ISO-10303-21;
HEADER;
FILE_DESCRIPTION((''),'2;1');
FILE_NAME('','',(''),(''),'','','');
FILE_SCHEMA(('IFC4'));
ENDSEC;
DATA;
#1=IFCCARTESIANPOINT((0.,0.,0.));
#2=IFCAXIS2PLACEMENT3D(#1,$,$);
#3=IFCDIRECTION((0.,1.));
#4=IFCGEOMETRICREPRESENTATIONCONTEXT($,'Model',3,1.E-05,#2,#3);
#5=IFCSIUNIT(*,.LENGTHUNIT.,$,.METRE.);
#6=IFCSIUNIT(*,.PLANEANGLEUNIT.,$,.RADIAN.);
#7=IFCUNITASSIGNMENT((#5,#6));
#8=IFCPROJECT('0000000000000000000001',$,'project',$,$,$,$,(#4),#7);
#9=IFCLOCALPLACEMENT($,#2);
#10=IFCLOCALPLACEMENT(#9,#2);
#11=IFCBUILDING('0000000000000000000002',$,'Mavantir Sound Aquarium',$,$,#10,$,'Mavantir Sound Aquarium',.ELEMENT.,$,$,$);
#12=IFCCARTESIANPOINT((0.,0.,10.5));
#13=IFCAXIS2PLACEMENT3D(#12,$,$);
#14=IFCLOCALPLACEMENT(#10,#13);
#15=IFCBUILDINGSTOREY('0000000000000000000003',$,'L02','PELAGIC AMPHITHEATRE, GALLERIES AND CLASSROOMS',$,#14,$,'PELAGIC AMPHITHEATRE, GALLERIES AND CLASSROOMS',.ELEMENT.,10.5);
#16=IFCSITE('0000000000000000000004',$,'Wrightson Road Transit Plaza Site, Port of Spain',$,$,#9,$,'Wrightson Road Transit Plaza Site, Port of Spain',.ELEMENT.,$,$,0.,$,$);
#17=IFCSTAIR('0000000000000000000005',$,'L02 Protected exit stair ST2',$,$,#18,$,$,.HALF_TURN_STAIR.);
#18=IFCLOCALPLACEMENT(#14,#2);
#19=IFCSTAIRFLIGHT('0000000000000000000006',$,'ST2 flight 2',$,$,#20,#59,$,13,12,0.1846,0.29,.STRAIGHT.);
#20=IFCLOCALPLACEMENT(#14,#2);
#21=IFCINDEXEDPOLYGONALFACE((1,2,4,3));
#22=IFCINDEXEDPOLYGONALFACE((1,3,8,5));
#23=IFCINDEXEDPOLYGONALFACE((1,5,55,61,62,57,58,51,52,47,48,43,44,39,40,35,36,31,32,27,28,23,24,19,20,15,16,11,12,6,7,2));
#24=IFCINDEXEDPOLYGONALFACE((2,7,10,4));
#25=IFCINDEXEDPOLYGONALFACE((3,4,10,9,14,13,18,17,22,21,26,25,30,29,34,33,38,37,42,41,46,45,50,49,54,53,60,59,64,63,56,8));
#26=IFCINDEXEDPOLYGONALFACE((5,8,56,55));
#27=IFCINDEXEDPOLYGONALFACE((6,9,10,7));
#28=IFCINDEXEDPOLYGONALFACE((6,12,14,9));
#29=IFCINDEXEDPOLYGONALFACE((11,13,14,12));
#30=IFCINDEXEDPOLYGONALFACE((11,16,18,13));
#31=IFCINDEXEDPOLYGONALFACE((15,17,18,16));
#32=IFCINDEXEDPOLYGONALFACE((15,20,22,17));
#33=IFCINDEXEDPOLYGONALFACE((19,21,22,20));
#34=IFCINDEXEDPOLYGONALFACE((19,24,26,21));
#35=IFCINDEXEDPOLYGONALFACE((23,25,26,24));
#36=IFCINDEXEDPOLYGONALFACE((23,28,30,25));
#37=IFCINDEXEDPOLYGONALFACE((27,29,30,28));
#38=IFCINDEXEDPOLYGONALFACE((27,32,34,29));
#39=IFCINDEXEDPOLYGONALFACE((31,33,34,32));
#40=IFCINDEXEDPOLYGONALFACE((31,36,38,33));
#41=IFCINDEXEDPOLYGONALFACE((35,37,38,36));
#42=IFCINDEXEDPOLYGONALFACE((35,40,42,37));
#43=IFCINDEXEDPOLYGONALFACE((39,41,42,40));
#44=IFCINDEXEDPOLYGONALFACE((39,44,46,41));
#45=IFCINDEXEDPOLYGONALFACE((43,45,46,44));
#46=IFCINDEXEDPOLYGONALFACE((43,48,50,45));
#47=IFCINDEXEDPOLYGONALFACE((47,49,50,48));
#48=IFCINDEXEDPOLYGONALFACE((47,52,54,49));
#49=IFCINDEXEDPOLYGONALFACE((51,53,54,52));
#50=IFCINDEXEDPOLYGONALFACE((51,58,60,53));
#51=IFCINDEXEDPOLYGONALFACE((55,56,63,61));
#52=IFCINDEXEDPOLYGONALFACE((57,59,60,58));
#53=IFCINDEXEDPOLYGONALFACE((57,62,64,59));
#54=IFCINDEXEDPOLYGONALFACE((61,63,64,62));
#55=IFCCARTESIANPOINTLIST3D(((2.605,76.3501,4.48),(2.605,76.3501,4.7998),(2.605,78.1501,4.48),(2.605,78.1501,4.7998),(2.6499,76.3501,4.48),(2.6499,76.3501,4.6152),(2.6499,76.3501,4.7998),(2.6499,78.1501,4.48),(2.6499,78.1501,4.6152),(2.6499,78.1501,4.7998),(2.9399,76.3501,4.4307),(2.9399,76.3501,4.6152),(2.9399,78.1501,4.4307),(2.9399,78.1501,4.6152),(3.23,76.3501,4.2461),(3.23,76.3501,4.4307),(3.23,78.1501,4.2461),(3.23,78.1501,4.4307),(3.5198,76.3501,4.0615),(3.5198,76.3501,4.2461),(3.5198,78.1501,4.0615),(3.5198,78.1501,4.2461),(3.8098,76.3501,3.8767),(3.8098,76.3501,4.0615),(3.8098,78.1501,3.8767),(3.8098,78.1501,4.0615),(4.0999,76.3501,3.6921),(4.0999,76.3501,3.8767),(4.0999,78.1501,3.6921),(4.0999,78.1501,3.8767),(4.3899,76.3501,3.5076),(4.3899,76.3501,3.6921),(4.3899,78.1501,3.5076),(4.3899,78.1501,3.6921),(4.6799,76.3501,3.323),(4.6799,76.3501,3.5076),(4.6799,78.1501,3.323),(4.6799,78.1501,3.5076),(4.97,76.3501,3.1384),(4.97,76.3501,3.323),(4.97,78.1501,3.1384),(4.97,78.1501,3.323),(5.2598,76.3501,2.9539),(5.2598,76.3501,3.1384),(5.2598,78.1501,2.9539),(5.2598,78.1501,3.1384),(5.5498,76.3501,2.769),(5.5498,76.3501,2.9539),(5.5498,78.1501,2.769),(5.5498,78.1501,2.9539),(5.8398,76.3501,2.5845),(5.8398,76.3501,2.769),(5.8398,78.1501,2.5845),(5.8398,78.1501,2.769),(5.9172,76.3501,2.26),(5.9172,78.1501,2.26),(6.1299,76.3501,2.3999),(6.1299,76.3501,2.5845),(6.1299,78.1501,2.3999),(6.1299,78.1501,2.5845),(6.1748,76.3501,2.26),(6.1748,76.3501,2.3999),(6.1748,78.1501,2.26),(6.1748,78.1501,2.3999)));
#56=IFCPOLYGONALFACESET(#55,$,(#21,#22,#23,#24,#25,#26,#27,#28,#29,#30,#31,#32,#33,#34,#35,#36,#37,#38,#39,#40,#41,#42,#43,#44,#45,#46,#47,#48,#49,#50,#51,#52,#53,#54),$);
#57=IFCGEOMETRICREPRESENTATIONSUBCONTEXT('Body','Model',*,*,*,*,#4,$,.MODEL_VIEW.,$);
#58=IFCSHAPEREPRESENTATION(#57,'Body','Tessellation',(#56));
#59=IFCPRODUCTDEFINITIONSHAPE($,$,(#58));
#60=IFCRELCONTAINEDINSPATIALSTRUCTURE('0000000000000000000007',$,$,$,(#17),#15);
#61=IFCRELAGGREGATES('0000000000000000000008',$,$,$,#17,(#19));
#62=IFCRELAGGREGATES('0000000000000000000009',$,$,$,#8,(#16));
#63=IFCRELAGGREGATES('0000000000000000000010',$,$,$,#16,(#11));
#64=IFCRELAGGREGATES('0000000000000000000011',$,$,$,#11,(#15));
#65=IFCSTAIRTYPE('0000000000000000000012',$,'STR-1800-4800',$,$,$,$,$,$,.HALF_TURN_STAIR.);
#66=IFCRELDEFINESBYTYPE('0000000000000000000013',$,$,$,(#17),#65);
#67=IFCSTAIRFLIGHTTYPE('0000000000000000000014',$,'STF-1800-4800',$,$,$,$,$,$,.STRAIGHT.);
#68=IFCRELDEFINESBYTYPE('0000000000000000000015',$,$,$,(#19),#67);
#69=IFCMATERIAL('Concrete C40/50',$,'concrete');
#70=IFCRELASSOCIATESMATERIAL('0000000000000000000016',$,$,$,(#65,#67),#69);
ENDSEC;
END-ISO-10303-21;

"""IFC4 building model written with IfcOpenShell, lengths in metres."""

from ifc_helpers import new_model, si_unit, direction, frame, origin, place, context, subcontext, project, spatial, polyline, outline, extrude, material, type_object, element, aggregate, save


model = new_model("IFC4")

# Units and contexts
model_context = context("Model", 3, precision=1e-05, world=origin(), true_north=direction((0.0, 1.0)))
body_context = subcontext(model_context, "Body", "Model", "MODEL_VIEW")
ifc_project = project(units=[si_unit("LENGTHUNIT", "METRE"), si_unit("PLANEANGLEUNIT", "RADIAN")], contexts=[model_context])

# Site, building, storey
site_placement = place(None, origin())
site = spatial("IfcSite", under=ifc_project, at=site_placement, Name="Wrightson Road Transit Plaza Site, Port of Spain", LongName="Wrightson Road Transit Plaza Site, Port of Spain", CompositionType="ELEMENT", RefElevation=0.0)
building_placement = place(site_placement, origin())
building = spatial("IfcBuilding", under=site, at=building_placement, Name="Mavantir Sound Aquarium", LongName="Mavantir Sound Aquarium", CompositionType="ELEMENT")
storey_placement = place(building_placement, frame((0.0, 0.0, 10.5)))
storey = spatial("IfcBuildingStorey", under=building, at=storey_placement, Name="L02", Description="PELAGIC AMPHITHEATRE, GALLERIES AND CLASSROOMS", LongName="PELAGIC AMPHITHEATRE, GALLERIES AND CLASSROOMS", CompositionType="ELEMENT", Elevation=10.5)

# Shared definitions
ifc_material_1 = material(Name="Concrete C40/50", Category="concrete")

# Stair, stair flight
stair_type = type_object("IfcStairType", Name="STR-1800-4800", PredefinedType="HALF_TURN_STAIR", material=ifc_material_1)
stair_placement = place(storey_placement, origin())
stair = element("IfcStair", 1, at=stair_placement, inside=storey, type_object=stair_type, Name="L02 Protected exit stair ST2", PredefinedType="HALF_TURN_STAIR")
stair_flight_type = type_object("IfcStairFlightType", Name="STF-1800-4800", PredefinedType="STRAIGHT", material=ifc_material_1)
stair_flight_1_placement = place(storey_placement, frame((6.1299, 77.25, 2.3999), z_axis=(0.0, 0.0, 1.0), x_axis=(-1.0, 0.0, 0.0)))
stair_flight_1 = element("IfcStairFlight", 2, at=stair_flight_1_placement, type_object=stair_flight_type, Name="ST2 flight 2", NumberOfRisers=13, NumberOfTreads=12, PredefinedType="STRAIGHT", RiserHeight=0.1846, TreadLength=0.29, context=body_context, shape_type="SweptSolid", body=[
    extrude(outline(polyline([(-0.0449, -0.1399), (-0.0449, 0.0), (0.0, 0.0), (0.0, 0.1846), (0.29, 0.1846), (0.29, 0.3691), (0.5801, 0.3691), (0.5801, 0.554), (0.8701, 0.554), (0.8701, 0.7385), (1.1599, 0.7385), (1.1599, 0.9231), (1.45, 0.9231), (1.45, 1.1077), (1.74, 1.1077), (1.74, 1.2922), (2.03, 1.2922), (2.03, 1.4768), (2.3201, 1.4768), (2.3201, 1.6616), (2.6101, 1.6616), (2.6101, 1.8462), (2.8999, 1.8462), (2.8999, 2.0308), (3.1899, 2.0308), (3.1899, 2.2153), (3.48, 2.2153), (3.48, 2.3999), (3.5249, 2.3999), (3.5249, 2.0801), (3.48, 2.0801), (0.2126, -0.1399), (-0.0449, -0.1399)])), frame((0.0, 0.8999, 0.0), z_axis=(0.0, -1.0, 0.0), x_axis=(1.0, 0.0, 0.0)), (0.0, 0.0, 1.0), 1.8),
])
aggregate(stair, [stair_flight_1])

save(model, "model.ifc")
